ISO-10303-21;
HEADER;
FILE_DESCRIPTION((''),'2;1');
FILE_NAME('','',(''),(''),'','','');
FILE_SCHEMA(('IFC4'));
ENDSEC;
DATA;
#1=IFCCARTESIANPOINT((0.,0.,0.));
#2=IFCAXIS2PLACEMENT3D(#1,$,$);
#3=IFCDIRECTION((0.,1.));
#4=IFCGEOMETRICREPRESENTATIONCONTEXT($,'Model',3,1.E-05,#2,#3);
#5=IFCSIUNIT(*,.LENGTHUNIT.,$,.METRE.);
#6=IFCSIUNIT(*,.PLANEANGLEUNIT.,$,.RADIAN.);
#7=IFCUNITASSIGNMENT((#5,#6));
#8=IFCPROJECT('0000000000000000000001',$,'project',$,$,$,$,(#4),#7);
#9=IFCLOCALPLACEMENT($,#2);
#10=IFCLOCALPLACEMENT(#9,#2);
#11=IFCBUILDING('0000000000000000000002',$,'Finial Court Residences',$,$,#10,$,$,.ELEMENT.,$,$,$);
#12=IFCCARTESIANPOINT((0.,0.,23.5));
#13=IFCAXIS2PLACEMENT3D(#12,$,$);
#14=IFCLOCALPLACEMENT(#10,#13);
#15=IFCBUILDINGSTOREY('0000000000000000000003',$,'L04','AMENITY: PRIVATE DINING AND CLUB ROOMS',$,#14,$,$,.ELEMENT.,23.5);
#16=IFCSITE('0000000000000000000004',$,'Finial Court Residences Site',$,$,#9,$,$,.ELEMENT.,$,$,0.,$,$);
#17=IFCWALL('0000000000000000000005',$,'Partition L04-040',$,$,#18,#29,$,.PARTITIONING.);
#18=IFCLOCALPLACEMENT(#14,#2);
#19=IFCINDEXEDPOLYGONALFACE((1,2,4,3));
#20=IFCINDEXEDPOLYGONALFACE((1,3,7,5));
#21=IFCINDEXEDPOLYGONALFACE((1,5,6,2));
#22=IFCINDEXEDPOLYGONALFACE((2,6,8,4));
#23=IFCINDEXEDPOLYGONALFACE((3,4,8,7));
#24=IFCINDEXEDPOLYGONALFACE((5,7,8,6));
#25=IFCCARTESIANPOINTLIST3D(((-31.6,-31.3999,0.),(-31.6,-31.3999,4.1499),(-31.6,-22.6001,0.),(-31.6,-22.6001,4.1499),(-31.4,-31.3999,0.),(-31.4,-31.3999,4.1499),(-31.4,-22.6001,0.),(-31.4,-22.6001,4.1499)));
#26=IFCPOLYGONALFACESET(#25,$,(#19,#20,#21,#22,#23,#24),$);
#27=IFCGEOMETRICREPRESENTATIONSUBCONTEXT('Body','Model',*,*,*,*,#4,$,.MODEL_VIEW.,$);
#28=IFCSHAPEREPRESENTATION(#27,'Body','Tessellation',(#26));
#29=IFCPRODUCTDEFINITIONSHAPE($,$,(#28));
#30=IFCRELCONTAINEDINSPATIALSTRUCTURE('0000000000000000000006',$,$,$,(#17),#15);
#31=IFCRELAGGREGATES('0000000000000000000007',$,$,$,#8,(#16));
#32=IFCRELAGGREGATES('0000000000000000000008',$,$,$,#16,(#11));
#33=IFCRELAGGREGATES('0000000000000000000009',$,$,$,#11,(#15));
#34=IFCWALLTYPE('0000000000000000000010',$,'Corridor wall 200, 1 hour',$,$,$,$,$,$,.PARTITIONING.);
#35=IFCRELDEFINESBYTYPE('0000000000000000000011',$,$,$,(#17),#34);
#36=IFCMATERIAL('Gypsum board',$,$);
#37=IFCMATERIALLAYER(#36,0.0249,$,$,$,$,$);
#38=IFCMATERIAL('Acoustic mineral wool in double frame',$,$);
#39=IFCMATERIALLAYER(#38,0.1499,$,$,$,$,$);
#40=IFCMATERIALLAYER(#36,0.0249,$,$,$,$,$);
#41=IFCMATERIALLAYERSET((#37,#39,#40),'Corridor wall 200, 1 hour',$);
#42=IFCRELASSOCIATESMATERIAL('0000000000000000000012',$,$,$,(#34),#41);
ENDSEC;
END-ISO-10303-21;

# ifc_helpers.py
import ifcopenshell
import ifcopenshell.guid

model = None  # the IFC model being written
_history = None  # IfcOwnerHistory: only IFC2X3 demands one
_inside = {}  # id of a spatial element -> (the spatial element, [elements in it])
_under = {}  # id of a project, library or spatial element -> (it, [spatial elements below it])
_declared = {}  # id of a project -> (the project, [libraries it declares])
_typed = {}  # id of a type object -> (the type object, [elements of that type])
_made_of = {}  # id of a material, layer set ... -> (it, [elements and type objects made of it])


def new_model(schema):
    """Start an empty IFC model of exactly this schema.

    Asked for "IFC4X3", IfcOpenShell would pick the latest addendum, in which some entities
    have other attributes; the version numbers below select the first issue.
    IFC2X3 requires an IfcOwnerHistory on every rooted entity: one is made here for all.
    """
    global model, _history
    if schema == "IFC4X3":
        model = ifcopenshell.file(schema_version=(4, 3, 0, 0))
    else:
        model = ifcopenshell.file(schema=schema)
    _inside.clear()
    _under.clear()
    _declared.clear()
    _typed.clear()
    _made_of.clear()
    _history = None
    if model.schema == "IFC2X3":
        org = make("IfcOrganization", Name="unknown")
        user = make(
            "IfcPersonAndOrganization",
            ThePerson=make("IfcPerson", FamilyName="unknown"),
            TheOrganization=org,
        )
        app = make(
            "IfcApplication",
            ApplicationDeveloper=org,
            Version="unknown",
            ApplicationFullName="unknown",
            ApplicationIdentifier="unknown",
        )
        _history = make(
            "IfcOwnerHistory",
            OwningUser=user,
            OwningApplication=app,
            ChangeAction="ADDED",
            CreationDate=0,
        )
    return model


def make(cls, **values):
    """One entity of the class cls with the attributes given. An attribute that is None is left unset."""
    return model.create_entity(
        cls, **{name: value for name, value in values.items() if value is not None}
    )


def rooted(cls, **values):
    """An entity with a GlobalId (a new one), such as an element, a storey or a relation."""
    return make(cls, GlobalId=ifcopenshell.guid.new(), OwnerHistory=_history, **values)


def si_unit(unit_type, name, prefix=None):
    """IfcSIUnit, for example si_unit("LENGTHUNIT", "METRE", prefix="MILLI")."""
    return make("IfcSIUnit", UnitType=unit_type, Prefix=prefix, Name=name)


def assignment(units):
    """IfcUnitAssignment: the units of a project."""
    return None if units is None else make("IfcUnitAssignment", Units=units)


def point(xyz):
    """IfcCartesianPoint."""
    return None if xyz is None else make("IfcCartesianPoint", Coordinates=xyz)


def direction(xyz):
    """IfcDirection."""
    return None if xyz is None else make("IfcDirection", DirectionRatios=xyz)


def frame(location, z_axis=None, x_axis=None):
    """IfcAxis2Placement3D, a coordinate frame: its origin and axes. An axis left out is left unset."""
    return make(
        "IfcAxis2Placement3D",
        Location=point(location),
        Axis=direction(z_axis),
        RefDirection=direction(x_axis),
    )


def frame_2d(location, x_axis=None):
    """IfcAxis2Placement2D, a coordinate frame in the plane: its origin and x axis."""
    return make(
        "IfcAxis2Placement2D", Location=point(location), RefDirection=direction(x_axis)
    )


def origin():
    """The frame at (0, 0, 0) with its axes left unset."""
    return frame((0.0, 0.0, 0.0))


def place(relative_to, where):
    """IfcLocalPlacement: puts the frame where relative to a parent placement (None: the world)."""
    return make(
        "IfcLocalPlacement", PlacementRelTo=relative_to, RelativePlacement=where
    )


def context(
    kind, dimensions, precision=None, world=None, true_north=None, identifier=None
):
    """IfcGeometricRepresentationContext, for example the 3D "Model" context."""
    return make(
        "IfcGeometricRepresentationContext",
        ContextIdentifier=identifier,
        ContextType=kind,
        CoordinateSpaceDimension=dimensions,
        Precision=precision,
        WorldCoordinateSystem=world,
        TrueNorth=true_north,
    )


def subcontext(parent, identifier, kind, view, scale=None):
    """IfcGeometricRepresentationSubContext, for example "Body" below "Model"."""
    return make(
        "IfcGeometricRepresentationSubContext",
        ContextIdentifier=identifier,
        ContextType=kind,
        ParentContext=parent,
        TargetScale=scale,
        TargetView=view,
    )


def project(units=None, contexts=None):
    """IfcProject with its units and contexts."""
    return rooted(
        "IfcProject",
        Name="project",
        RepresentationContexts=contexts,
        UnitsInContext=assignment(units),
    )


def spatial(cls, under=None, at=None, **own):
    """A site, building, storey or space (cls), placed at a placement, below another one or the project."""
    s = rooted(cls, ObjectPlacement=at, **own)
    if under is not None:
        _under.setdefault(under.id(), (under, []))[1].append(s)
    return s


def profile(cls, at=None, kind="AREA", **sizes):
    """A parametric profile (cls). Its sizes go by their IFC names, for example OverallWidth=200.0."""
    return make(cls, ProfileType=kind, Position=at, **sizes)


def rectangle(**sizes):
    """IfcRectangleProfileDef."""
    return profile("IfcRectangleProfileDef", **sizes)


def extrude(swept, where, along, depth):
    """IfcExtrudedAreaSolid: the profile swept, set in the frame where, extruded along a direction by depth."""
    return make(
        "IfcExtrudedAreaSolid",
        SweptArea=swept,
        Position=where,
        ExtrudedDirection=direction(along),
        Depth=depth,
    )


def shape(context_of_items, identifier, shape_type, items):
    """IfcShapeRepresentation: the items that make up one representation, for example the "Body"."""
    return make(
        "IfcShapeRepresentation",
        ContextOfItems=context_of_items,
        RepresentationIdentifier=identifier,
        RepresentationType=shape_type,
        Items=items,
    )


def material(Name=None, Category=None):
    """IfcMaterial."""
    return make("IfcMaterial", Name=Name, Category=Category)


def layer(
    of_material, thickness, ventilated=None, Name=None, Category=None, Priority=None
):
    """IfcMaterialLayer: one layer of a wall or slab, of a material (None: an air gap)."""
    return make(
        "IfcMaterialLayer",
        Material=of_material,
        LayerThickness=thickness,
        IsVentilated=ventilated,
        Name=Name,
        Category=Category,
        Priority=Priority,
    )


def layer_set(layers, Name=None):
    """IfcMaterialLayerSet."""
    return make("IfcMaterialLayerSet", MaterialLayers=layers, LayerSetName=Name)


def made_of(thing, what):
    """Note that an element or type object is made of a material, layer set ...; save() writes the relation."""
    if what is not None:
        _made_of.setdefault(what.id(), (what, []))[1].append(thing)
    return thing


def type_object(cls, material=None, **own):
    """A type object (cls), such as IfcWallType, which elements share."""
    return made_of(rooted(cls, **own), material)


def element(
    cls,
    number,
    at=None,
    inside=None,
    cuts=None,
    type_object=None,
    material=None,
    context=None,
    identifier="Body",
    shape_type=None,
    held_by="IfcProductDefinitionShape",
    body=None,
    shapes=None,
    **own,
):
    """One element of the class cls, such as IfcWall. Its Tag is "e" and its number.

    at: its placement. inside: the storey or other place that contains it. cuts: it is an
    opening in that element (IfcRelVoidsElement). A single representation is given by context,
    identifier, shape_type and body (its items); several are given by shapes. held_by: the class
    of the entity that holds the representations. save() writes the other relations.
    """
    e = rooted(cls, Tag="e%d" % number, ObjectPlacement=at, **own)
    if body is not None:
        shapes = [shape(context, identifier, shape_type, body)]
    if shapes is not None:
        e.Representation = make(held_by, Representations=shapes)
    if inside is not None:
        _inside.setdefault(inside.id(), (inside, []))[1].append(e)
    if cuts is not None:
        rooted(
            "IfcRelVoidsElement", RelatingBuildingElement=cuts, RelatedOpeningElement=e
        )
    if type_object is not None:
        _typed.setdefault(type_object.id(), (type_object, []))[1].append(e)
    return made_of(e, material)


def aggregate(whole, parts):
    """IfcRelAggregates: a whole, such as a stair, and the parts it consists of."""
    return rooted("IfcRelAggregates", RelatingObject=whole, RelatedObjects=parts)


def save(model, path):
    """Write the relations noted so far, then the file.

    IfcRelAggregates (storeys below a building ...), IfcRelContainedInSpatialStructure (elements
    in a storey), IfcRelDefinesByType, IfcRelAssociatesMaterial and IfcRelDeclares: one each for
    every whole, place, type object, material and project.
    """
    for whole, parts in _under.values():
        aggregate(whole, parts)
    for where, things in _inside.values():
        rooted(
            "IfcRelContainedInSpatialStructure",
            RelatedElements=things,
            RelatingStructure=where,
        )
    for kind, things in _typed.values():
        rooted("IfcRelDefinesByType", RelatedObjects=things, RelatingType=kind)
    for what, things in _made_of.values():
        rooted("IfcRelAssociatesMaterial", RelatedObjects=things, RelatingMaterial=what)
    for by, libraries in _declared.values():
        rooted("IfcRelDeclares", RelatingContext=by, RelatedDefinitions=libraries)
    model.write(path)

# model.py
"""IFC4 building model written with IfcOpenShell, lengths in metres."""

from ifc_helpers import new_model, si_unit, direction, frame, frame_2d, origin, place, context, subcontext, project, spatial, rectangle, extrude, material, layer, layer_set, type_object, element, save


model = new_model("IFC4")

# Units and contexts
model_context = context("Model", 3, precision=1e-05, world=origin(), true_north=direction((0.0, 1.0)))
body_context = subcontext(model_context, "Body", "Model", "MODEL_VIEW")
ifc_project = project(units=[si_unit("LENGTHUNIT", "METRE"), si_unit("PLANEANGLEUNIT", "RADIAN")], contexts=[model_context])

# Site, building, storey
site_placement = place(None, origin())
site = spatial("IfcSite", under=ifc_project, at=site_placement, Name="Finial Court Residences Site", CompositionType="ELEMENT", RefElevation=0.0)
building_placement = place(site_placement, origin())
building = spatial("IfcBuilding", under=site, at=building_placement, Name="Finial Court Residences", CompositionType="ELEMENT")
storey_placement = place(building_placement, frame((0.0, 0.0, 23.5)))
storey = spatial("IfcBuildingStorey", under=building, at=storey_placement, Name="L04", Description="AMENITY: PRIVATE DINING AND CLUB ROOMS", CompositionType="ELEMENT", Elevation=23.5)

# Wall
ifc_material_1 = material(Name="Gypsum board")
ifc_layer_1 = layer(ifc_material_1, 0.0249)
ifc_material_2 = material(Name="Acoustic mineral wool in double frame")
ifc_layer_2 = layer(ifc_material_2, 0.1499)
ifc_layer_3 = layer(ifc_material_1, 0.0249)
ifc_layer_set_1 = layer_set([ifc_layer_1, ifc_layer_2, ifc_layer_3], Name="Corridor wall 200, 1 hour")
wall_type = type_object("IfcWallType", Name="Corridor wall 200, 1 hour", PredefinedType="PARTITIONING", material=ifc_layer_set_1)
wall_1_placement = place(storey_placement, frame((-31.5, -31.3999, 0.0), z_axis=(0.0, 0.0, 1.0), x_axis=(0.0, 1.0, 0.0)))
element("IfcWall", 1, at=wall_1_placement, inside=storey, type_object=wall_type, Name="Partition L04-040", PredefinedType="PARTITIONING", context=body_context, shape_type="SweptSolid", body=[
    extrude(rectangle(XDim=8.7998, YDim=0.2, at=frame_2d((4.3999, 0.0))), origin(), (0.0, 0.0, 1.0), 4.1499),
])

save(model, "model.ifc")
